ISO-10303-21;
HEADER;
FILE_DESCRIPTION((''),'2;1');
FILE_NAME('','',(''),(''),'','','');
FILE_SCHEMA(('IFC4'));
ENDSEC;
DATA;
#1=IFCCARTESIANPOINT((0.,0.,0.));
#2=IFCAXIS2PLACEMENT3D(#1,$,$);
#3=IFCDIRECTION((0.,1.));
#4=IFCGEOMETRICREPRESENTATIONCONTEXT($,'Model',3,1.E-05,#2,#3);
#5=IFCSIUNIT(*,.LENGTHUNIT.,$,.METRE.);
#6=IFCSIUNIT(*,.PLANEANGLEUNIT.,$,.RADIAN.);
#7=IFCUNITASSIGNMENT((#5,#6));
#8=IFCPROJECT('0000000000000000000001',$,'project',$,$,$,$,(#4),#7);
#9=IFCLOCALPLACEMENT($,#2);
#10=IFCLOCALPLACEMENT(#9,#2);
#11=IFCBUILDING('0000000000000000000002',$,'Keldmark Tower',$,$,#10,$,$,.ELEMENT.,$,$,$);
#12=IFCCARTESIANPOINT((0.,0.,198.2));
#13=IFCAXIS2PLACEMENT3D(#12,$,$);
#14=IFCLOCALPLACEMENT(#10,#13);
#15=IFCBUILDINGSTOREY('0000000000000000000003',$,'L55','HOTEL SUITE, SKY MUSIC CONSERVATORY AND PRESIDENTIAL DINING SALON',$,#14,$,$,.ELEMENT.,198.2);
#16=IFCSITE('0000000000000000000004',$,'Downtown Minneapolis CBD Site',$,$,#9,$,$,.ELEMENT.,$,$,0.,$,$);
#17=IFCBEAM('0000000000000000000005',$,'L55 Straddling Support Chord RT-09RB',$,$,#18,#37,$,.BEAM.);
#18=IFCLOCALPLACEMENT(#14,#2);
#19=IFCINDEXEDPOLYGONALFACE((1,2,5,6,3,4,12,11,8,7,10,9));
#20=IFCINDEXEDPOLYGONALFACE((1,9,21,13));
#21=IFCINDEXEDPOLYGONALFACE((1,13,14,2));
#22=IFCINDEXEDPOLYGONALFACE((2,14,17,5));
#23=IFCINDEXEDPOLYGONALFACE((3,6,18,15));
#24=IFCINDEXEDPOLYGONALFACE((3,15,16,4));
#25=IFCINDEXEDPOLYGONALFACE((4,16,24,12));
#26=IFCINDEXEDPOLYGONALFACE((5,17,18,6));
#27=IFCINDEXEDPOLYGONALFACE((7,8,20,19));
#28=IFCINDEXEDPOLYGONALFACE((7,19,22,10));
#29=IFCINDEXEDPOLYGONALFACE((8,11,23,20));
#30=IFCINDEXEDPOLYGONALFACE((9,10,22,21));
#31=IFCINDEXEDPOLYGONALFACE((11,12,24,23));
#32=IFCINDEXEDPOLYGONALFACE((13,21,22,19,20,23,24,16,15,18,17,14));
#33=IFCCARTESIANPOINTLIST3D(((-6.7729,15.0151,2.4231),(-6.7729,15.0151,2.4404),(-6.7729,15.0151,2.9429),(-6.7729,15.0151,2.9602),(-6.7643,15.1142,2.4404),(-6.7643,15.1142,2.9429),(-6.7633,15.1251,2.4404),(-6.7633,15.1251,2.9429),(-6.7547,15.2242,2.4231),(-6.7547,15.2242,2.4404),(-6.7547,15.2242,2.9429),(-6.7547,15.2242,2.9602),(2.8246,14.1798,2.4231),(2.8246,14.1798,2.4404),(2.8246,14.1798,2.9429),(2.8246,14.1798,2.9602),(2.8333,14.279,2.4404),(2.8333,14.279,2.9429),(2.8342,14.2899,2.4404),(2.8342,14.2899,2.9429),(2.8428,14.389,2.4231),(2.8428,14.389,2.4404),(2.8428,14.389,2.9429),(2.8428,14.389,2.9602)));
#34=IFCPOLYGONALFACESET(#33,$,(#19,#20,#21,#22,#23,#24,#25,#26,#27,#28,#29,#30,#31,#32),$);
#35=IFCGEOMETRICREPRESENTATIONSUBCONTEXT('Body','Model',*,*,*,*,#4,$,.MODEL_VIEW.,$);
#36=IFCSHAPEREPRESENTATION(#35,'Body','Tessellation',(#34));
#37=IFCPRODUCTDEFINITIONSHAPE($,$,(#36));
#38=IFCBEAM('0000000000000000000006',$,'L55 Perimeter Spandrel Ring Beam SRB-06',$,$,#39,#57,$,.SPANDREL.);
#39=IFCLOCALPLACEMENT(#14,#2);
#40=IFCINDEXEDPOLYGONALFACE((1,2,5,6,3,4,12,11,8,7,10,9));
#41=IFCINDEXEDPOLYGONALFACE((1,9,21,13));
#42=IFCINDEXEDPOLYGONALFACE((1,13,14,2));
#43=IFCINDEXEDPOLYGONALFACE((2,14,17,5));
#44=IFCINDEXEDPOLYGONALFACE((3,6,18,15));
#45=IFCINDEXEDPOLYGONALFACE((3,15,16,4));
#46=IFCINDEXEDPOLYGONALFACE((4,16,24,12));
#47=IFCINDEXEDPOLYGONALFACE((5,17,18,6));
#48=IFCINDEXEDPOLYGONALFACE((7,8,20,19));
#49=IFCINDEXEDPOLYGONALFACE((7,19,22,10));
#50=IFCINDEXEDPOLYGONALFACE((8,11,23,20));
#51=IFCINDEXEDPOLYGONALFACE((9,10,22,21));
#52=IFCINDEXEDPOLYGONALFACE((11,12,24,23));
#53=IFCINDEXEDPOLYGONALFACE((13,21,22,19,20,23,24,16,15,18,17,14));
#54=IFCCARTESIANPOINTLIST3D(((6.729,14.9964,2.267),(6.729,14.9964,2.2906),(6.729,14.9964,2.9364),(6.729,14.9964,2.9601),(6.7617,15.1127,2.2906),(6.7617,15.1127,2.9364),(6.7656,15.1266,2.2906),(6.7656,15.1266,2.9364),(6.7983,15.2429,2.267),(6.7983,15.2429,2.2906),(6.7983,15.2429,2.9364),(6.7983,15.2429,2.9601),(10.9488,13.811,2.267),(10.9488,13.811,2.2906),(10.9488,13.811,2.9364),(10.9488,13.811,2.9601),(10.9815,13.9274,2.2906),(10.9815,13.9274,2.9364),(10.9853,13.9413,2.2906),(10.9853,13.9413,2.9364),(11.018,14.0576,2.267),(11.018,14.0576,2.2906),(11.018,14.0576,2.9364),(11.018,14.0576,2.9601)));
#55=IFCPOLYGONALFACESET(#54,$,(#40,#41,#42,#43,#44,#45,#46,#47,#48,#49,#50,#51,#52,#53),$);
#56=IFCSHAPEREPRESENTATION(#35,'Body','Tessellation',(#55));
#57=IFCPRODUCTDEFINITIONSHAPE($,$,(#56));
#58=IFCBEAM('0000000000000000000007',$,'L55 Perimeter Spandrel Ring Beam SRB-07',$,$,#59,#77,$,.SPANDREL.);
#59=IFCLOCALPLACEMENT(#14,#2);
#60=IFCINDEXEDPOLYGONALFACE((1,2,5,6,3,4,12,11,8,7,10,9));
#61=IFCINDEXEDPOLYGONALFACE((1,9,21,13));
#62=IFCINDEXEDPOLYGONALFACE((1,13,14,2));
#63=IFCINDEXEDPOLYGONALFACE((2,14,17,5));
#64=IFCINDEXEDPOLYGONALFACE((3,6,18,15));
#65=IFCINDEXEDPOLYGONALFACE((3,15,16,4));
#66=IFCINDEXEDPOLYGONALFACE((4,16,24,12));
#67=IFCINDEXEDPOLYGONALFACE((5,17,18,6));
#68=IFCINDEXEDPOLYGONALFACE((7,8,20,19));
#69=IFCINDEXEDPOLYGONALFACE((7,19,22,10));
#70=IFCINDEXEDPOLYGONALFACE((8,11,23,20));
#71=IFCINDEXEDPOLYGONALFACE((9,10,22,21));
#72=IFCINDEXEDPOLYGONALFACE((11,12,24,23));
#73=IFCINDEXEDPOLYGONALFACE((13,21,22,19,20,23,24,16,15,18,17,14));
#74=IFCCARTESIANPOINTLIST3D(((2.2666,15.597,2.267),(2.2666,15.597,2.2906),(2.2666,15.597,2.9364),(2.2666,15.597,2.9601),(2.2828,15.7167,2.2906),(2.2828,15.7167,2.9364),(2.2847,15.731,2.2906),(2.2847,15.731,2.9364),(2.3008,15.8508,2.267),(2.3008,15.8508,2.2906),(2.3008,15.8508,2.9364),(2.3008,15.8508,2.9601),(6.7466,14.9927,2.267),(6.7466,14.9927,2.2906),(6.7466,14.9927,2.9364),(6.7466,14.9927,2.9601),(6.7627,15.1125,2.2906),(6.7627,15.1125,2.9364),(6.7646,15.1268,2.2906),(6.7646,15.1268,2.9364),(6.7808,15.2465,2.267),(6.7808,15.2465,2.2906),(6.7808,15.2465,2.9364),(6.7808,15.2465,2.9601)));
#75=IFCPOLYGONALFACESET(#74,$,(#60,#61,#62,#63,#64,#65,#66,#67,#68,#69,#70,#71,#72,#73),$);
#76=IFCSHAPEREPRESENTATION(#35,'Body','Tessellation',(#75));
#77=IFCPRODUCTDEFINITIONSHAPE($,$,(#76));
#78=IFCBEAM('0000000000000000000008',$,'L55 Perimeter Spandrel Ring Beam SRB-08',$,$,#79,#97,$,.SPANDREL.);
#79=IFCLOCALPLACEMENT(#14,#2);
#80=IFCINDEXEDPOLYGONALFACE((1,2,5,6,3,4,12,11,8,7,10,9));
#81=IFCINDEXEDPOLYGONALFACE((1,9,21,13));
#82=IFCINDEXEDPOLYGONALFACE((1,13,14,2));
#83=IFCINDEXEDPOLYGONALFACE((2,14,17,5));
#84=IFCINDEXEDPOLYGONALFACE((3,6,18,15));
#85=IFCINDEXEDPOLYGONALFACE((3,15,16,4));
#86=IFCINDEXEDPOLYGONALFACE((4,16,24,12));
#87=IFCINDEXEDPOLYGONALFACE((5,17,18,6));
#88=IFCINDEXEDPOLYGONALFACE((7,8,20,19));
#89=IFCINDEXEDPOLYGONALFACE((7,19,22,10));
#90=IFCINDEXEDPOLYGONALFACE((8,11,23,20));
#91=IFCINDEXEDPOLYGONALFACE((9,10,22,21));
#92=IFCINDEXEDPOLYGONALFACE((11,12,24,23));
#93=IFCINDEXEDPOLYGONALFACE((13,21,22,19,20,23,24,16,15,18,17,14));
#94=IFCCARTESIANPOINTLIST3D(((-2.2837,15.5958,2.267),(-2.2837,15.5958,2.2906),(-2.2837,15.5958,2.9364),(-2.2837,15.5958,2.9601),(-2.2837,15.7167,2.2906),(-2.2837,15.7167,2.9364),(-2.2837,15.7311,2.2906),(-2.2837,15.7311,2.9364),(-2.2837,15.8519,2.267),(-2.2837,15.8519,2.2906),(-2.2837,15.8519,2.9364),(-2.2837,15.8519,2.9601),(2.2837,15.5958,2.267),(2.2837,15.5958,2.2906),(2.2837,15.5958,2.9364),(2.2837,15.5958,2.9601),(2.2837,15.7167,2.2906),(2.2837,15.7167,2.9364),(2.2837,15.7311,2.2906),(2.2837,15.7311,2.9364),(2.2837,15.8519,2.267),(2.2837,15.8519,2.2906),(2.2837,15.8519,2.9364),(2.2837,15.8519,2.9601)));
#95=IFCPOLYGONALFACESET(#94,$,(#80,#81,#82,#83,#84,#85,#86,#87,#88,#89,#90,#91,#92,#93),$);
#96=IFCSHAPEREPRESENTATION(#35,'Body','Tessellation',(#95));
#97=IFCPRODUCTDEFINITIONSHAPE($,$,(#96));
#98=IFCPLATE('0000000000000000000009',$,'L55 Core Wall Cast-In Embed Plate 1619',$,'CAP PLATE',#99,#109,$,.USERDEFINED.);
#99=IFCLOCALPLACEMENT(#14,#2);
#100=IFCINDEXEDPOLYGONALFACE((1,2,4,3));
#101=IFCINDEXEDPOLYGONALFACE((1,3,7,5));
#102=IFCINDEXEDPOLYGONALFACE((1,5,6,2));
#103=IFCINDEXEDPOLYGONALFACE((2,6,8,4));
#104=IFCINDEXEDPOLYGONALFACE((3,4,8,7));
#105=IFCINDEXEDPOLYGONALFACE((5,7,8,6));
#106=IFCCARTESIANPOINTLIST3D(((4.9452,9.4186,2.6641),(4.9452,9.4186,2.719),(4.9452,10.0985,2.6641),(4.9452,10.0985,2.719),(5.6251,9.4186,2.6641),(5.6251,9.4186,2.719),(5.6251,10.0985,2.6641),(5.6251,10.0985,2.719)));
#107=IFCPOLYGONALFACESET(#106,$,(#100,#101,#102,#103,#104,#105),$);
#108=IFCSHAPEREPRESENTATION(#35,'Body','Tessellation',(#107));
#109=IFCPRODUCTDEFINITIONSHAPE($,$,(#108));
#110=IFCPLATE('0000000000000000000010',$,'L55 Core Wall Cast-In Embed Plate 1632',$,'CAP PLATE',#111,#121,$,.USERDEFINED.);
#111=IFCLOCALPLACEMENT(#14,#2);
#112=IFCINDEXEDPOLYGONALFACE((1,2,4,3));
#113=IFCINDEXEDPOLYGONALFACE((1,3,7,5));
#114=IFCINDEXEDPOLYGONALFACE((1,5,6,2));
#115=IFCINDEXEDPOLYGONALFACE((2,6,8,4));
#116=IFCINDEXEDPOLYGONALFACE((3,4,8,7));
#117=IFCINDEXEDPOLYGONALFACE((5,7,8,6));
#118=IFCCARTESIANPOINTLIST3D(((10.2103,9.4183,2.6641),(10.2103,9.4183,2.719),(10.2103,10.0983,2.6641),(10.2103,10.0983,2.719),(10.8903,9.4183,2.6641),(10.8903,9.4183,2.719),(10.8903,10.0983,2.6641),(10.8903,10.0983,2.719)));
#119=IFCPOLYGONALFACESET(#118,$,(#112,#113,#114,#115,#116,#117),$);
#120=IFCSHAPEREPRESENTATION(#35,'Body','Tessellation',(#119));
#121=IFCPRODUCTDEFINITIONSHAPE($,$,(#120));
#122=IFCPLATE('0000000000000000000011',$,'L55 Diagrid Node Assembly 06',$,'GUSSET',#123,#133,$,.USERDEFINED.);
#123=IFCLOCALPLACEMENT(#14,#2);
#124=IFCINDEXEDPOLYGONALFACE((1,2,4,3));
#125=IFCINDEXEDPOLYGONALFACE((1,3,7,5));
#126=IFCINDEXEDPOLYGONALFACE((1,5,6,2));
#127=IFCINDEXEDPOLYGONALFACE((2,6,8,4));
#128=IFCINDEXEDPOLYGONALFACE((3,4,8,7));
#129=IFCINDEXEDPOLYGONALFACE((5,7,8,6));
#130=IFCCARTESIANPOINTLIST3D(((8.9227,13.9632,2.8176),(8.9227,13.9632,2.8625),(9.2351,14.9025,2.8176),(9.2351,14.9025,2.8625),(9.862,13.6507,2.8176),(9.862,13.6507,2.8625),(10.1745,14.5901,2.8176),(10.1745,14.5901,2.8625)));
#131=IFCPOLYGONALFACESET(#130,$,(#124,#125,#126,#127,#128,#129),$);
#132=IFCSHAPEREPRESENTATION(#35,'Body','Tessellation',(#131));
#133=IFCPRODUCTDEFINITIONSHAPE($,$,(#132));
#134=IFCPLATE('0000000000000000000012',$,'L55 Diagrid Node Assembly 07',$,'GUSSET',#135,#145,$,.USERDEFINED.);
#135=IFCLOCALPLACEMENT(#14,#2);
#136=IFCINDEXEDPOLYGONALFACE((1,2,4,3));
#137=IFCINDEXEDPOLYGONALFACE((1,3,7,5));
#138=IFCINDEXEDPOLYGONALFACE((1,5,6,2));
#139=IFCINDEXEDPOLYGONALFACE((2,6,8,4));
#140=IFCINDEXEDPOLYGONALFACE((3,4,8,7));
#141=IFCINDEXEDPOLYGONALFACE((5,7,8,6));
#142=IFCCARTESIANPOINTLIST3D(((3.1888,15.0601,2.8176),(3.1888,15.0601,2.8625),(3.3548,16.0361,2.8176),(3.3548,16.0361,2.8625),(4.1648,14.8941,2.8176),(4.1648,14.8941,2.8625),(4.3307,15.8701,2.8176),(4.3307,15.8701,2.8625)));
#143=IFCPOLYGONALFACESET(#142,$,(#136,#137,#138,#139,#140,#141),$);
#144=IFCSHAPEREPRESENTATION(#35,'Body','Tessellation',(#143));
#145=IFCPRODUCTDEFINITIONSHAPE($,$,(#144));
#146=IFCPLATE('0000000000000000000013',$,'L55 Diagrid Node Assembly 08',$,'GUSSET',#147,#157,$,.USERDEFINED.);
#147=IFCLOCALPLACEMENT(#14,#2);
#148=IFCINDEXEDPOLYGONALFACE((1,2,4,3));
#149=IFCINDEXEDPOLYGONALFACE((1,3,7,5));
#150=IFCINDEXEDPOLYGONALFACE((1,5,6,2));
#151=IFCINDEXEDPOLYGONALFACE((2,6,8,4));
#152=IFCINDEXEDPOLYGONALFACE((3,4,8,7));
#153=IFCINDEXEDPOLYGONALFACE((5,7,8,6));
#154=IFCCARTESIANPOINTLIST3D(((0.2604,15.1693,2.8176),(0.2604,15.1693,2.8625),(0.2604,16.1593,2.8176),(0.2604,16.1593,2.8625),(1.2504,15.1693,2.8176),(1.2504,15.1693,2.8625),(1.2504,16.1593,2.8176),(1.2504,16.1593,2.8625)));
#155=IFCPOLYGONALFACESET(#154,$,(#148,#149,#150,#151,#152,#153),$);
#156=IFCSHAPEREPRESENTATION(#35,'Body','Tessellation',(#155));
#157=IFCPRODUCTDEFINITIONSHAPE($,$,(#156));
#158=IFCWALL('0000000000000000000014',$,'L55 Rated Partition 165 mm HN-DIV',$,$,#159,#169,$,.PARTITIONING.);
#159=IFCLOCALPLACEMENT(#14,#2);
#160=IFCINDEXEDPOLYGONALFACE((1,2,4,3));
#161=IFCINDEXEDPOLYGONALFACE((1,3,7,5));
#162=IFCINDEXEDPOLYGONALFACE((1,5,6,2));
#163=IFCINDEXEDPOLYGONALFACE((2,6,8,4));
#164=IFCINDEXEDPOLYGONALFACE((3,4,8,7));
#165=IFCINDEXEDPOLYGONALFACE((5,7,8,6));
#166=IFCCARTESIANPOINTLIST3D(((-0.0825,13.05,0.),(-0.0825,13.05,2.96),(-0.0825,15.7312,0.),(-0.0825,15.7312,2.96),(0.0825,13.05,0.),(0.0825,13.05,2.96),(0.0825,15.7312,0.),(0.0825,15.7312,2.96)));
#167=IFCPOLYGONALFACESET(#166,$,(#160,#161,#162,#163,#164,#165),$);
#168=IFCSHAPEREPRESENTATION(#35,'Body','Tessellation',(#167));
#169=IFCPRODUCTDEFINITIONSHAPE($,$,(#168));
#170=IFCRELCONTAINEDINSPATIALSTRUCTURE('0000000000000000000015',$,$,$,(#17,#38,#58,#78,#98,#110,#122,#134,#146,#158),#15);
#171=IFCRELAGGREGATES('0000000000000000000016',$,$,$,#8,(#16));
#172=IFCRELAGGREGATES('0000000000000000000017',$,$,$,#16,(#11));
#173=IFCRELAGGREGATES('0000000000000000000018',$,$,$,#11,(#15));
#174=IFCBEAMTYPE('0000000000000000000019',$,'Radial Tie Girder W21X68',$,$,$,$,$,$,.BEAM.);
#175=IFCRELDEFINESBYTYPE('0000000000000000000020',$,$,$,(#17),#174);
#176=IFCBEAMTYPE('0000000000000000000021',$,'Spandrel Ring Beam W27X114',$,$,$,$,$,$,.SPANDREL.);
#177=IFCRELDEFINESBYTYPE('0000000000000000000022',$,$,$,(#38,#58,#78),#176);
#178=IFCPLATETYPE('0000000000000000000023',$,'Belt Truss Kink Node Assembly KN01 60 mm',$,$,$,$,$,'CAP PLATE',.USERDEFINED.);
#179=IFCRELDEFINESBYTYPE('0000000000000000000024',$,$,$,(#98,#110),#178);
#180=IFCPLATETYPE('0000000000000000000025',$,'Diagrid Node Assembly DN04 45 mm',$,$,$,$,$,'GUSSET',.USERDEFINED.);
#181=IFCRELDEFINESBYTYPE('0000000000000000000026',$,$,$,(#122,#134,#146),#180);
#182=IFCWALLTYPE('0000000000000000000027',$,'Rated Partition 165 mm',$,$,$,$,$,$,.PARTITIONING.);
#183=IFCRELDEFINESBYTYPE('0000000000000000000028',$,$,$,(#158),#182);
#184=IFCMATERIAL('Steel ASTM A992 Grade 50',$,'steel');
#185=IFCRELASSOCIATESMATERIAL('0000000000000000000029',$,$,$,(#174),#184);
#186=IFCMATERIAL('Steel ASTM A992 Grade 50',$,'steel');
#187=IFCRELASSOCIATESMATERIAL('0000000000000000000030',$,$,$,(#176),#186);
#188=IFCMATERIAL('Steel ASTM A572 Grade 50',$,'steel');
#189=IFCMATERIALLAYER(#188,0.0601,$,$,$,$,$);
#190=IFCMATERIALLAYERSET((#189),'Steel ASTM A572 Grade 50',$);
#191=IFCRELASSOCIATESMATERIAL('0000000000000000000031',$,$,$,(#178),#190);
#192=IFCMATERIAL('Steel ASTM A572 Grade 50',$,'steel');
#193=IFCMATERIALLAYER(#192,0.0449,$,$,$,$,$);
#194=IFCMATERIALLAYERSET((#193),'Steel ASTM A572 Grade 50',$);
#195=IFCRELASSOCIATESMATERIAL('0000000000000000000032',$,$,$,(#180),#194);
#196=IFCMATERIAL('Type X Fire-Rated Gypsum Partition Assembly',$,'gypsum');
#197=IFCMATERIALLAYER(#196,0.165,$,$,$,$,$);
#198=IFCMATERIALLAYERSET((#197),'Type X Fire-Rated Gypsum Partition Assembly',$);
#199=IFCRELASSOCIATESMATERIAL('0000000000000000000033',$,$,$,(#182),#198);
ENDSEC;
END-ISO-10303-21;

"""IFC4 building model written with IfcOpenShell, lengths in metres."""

from ifc_helpers import new_model, si_unit, direction, frame, frame_2d, origin, origin_2d, place, context, subcontext, project, spatial, rectangle, i_section, extrude, material, layer, layer_set, material_profile, profile_set, type_object, element, save


model = new_model("IFC4")

# Units and contexts
model_context = context("Model", 3, precision=1e-05, world=origin(), true_north=direction((0.0, 1.0)))
body_context = subcontext(model_context, "Body", "Model", "MODEL_VIEW")
ifc_project = project(units=[si_unit("LENGTHUNIT", "METRE"), si_unit("PLANEANGLEUNIT", "RADIAN")], contexts=[model_context])

# Site, building, storey
site_placement = place(None, origin())
site = spatial("IfcSite", under=ifc_project, at=site_placement, Name="Downtown Minneapolis CBD Site", CompositionType="ELEMENT", RefElevation=0.0)
building_placement = place(site_placement, origin())
building = spatial("IfcBuilding", under=site, at=building_placement, Name="Keldmark Tower", CompositionType="ELEMENT")
storey_placement = place(building_placement, frame((0.0, 0.0, 198.2)))
storey = spatial("IfcBuildingStorey", under=building, at=storey_placement, Name="L55", Description="HOTEL SUITE, SKY MUSIC CONSERVATORY AND PRESIDENTIAL DINING SALON", CompositionType="ELEMENT", Elevation=198.2)

# Beams
ifc_material_1 = material(Name="Steel ASTM A992 Grade 50", Category="steel")
ifc_material_profile_1 = material_profile(ifc_material_1, i_section(OverallWidth=0.21, OverallDepth=0.5371, WebThickness=0.011, FlangeThickness=0.0173, at=origin_2d()), Name="W21X68")
ifc_profile_set_1 = profile_set([ifc_material_profile_1], Name="Steel ASTM A992 Grade 50")
beam_type_1 = type_object("IfcBeamType", Name="Radial Tie Girder W21X68", PredefinedType="BEAM", material=ifc_profile_set_1)
beam_1_placement = place(storey_placement, frame((2.8337, 14.2844, 2.6917), z_axis=(-0.996235, 0.086696, 0.0), x_axis=(-0.086696, -0.996235, 0.0)))
element("IfcBeam", 1, at=beam_1_placement, inside=storey, type_object=beam_type_1, Name="L55 Straddling Support Chord RT-09RB", PredefinedType="BEAM", context=body_context, shape_type="SweptSolid", body=[
    extrude(i_section(OverallWidth=0.21, OverallDepth=0.5371, WebThickness=0.011, FlangeThickness=0.0173, at=origin_2d()), origin(), (0.0, 0.0, 1.0), 9.6338),
])
ifc_material_2 = material(Name="Steel ASTM A992 Grade 50", Category="steel")
ifc_material_profile_2 = material_profile(ifc_material_2, i_section(OverallWidth=0.2561, OverallDepth=0.6931, WebThickness=0.0144, FlangeThickness=0.0237, at=origin_2d()), Name="W27X114")
ifc_profile_set_2 = profile_set([ifc_material_profile_2], Name="Steel ASTM A992 Grade 50")
beam_type_2 = type_object("IfcBeamType", Name="Spandrel Ring Beam W27X114", PredefinedType="SPANDREL", material=ifc_profile_set_2)
beam_2_placement = place(storey_placement, frame((10.9834, 13.9343, 2.6135), z_axis=(-0.96274, 0.270429, 0.0), x_axis=(-0.270429, -0.96274, 0.0)))
element("IfcBeam", 2, at=beam_2_placement, inside=storey, type_object=beam_type_2, Name="L55 Perimeter Spandrel Ring Beam SRB-06", PredefinedType="SPANDREL", context=body_context, shape_type="SweptSolid", body=[
    extrude(i_section(OverallWidth=0.2561, OverallDepth=0.6931, WebThickness=0.0144, FlangeThickness=0.0237, at=origin_2d()), origin(), (0.0, 0.0, 1.0), 4.3831),
])
beam_3_placement = place(storey_placement, frame((6.7637, 15.1196, 2.6135), z_axis=(-0.991026, 0.133667, 0.0), x_axis=(-0.133667, -0.991026, 0.0)))
element("IfcBeam", 3, at=beam_3_placement, inside=storey, type_object=beam_type_2, Name="L55 Perimeter Spandrel Ring Beam SRB-07", PredefinedType="SPANDREL", context=body_context, shape_type="SweptSolid", body=[
    extrude(i_section(OverallWidth=0.2561, OverallDepth=0.6931, WebThickness=0.0144, FlangeThickness=0.0237, at=origin_2d()), origin(), (0.0, 0.0, 1.0), 4.5205),
])
beam_4_placement = place(storey_placement, frame((2.2837, 15.7239, 2.6135), z_axis=(-1.0, 0.0, 0.0), x_axis=(0.0, -1.0, 0.0)))
element("IfcBeam", 4, at=beam_4_placement, inside=storey, type_object=beam_type_2, Name="L55 Perimeter Spandrel Ring Beam SRB-08", PredefinedType="SPANDREL", context=body_context, shape_type="SweptSolid", body=[
    extrude(i_section(OverallWidth=0.2561, OverallDepth=0.6931, WebThickness=0.0144, FlangeThickness=0.0237, at=origin_2d()), origin(), (0.0, 0.0, 1.0), 4.5674),
])

# Plates
ifc_material_3 = material(Name="Steel ASTM A572 Grade 50", Category="steel")
ifc_layer_1 = layer(ifc_material_3, 0.0601)
ifc_layer_set_1 = layer_set([ifc_layer_1], Name="Steel ASTM A572 Grade 50")
plate_type_1 = type_object("IfcPlateType", Name="Belt Truss Kink Node Assembly KN01 60 mm", ElementType="CAP PLATE", PredefinedType="USERDEFINED", material=ifc_layer_set_1)
for number, where, z_axis, x_axis, name in (
    (5, (5.2852, 9.7585, 2.6641), (0.0, 0.0, 1.0), (1.0, 0.0, 0.0), "L55 Core Wall Cast-In Embed Plate 1619"),
    (6, (10.5503, 9.7583, 2.6641), (0.0, 0.0, 1.0), (1.0, 0.0, 0.0), "L55 Core Wall Cast-In Embed Plate 1632"),
):
    element("IfcPlate", number, at=place(storey_placement, frame(where, z_axis=z_axis, x_axis=x_axis)), inside=storey, type_object=plate_type_1, Name=name, ObjectType="CAP PLATE", PredefinedType="USERDEFINED", context=body_context, shape_type="SweptSolid", body=[
        extrude(rectangle(XDim=0.6799, YDim=0.6799, at=origin_2d()), origin(), (0.0, 0.0, 1.0), 0.0549),
    ])
ifc_material_4 = material(Name="Steel ASTM A572 Grade 50", Category="steel")
ifc_layer_2 = layer(ifc_material_4, 0.0449)
ifc_layer_set_2 = layer_set([ifc_layer_2], Name="Steel ASTM A572 Grade 50")
plate_type_2 = type_object("IfcPlateType", Name="Diagrid Node Assembly DN04 45 mm", ElementType="GUSSET", PredefinedType="USERDEFINED", material=ifc_layer_set_2)
for number, where, z_axis, x_axis, name in (
    (7, (9.5486, 14.2766, 2.8176), (0.0, 0.0, 1.0), (-0.948876, 0.315649, 0.0), "L55 Diagrid Node Assembly 06"),
    (8, (3.7598, 15.4651, 2.8176), (0.0, 0.0, 1.0), (-0.98585, 0.167629, 0.0), "L55 Diagrid Node Assembly 07"),
    (9, (0.7554, 15.6643, 2.8176), (0.0, 0.0, 1.0), (-1.0, 0.0, 0.0), "L55 Diagrid Node Assembly 08"),
):
    element("IfcPlate", number, at=place(storey_placement, frame(where, z_axis=z_axis, x_axis=x_axis)), inside=storey, type_object=plate_type_2, Name=name, ObjectType="GUSSET", PredefinedType="USERDEFINED", context=body_context, shape_type="SweptSolid", body=[
        extrude(rectangle(XDim=0.99, YDim=0.99, at=origin_2d()), origin(), (0.0, 0.0, 1.0), 0.0449),
    ])

# Wall
ifc_material_5 = material(Name="Type X Fire-Rated Gypsum Partition Assembly", Category="gypsum")
ifc_layer_3 = layer(ifc_material_5, 0.165)
ifc_layer_set_3 = layer_set([ifc_layer_3], Name="Type X Fire-Rated Gypsum Partition Assembly")
wall_type_1 = type_object("IfcWallType", Name="Rated Partition 165 mm", PredefinedType="PARTITIONING", material=ifc_layer_set_3)
wall_1_placement = place(storey_placement, frame((0.0, 13.05, 0.0), z_axis=(0.0, 0.0, 1.0), x_axis=(0.0, 1.0, 0.0)))
element("IfcWall", 10, at=wall_1_placement, inside=storey, type_object=wall_type_1, Name="L55 Rated Partition 165 mm HN-DIV", PredefinedType="PARTITIONING", context=body_context, shape_type="SweptSolid", body=[
    extrude(rectangle(XDim=2.6812, YDim=0.165, at=frame_2d((1.3406, 0.0))), origin(), (0.0, 0.0, 1.0), 2.96),
])

save(model, "model.ifc")
